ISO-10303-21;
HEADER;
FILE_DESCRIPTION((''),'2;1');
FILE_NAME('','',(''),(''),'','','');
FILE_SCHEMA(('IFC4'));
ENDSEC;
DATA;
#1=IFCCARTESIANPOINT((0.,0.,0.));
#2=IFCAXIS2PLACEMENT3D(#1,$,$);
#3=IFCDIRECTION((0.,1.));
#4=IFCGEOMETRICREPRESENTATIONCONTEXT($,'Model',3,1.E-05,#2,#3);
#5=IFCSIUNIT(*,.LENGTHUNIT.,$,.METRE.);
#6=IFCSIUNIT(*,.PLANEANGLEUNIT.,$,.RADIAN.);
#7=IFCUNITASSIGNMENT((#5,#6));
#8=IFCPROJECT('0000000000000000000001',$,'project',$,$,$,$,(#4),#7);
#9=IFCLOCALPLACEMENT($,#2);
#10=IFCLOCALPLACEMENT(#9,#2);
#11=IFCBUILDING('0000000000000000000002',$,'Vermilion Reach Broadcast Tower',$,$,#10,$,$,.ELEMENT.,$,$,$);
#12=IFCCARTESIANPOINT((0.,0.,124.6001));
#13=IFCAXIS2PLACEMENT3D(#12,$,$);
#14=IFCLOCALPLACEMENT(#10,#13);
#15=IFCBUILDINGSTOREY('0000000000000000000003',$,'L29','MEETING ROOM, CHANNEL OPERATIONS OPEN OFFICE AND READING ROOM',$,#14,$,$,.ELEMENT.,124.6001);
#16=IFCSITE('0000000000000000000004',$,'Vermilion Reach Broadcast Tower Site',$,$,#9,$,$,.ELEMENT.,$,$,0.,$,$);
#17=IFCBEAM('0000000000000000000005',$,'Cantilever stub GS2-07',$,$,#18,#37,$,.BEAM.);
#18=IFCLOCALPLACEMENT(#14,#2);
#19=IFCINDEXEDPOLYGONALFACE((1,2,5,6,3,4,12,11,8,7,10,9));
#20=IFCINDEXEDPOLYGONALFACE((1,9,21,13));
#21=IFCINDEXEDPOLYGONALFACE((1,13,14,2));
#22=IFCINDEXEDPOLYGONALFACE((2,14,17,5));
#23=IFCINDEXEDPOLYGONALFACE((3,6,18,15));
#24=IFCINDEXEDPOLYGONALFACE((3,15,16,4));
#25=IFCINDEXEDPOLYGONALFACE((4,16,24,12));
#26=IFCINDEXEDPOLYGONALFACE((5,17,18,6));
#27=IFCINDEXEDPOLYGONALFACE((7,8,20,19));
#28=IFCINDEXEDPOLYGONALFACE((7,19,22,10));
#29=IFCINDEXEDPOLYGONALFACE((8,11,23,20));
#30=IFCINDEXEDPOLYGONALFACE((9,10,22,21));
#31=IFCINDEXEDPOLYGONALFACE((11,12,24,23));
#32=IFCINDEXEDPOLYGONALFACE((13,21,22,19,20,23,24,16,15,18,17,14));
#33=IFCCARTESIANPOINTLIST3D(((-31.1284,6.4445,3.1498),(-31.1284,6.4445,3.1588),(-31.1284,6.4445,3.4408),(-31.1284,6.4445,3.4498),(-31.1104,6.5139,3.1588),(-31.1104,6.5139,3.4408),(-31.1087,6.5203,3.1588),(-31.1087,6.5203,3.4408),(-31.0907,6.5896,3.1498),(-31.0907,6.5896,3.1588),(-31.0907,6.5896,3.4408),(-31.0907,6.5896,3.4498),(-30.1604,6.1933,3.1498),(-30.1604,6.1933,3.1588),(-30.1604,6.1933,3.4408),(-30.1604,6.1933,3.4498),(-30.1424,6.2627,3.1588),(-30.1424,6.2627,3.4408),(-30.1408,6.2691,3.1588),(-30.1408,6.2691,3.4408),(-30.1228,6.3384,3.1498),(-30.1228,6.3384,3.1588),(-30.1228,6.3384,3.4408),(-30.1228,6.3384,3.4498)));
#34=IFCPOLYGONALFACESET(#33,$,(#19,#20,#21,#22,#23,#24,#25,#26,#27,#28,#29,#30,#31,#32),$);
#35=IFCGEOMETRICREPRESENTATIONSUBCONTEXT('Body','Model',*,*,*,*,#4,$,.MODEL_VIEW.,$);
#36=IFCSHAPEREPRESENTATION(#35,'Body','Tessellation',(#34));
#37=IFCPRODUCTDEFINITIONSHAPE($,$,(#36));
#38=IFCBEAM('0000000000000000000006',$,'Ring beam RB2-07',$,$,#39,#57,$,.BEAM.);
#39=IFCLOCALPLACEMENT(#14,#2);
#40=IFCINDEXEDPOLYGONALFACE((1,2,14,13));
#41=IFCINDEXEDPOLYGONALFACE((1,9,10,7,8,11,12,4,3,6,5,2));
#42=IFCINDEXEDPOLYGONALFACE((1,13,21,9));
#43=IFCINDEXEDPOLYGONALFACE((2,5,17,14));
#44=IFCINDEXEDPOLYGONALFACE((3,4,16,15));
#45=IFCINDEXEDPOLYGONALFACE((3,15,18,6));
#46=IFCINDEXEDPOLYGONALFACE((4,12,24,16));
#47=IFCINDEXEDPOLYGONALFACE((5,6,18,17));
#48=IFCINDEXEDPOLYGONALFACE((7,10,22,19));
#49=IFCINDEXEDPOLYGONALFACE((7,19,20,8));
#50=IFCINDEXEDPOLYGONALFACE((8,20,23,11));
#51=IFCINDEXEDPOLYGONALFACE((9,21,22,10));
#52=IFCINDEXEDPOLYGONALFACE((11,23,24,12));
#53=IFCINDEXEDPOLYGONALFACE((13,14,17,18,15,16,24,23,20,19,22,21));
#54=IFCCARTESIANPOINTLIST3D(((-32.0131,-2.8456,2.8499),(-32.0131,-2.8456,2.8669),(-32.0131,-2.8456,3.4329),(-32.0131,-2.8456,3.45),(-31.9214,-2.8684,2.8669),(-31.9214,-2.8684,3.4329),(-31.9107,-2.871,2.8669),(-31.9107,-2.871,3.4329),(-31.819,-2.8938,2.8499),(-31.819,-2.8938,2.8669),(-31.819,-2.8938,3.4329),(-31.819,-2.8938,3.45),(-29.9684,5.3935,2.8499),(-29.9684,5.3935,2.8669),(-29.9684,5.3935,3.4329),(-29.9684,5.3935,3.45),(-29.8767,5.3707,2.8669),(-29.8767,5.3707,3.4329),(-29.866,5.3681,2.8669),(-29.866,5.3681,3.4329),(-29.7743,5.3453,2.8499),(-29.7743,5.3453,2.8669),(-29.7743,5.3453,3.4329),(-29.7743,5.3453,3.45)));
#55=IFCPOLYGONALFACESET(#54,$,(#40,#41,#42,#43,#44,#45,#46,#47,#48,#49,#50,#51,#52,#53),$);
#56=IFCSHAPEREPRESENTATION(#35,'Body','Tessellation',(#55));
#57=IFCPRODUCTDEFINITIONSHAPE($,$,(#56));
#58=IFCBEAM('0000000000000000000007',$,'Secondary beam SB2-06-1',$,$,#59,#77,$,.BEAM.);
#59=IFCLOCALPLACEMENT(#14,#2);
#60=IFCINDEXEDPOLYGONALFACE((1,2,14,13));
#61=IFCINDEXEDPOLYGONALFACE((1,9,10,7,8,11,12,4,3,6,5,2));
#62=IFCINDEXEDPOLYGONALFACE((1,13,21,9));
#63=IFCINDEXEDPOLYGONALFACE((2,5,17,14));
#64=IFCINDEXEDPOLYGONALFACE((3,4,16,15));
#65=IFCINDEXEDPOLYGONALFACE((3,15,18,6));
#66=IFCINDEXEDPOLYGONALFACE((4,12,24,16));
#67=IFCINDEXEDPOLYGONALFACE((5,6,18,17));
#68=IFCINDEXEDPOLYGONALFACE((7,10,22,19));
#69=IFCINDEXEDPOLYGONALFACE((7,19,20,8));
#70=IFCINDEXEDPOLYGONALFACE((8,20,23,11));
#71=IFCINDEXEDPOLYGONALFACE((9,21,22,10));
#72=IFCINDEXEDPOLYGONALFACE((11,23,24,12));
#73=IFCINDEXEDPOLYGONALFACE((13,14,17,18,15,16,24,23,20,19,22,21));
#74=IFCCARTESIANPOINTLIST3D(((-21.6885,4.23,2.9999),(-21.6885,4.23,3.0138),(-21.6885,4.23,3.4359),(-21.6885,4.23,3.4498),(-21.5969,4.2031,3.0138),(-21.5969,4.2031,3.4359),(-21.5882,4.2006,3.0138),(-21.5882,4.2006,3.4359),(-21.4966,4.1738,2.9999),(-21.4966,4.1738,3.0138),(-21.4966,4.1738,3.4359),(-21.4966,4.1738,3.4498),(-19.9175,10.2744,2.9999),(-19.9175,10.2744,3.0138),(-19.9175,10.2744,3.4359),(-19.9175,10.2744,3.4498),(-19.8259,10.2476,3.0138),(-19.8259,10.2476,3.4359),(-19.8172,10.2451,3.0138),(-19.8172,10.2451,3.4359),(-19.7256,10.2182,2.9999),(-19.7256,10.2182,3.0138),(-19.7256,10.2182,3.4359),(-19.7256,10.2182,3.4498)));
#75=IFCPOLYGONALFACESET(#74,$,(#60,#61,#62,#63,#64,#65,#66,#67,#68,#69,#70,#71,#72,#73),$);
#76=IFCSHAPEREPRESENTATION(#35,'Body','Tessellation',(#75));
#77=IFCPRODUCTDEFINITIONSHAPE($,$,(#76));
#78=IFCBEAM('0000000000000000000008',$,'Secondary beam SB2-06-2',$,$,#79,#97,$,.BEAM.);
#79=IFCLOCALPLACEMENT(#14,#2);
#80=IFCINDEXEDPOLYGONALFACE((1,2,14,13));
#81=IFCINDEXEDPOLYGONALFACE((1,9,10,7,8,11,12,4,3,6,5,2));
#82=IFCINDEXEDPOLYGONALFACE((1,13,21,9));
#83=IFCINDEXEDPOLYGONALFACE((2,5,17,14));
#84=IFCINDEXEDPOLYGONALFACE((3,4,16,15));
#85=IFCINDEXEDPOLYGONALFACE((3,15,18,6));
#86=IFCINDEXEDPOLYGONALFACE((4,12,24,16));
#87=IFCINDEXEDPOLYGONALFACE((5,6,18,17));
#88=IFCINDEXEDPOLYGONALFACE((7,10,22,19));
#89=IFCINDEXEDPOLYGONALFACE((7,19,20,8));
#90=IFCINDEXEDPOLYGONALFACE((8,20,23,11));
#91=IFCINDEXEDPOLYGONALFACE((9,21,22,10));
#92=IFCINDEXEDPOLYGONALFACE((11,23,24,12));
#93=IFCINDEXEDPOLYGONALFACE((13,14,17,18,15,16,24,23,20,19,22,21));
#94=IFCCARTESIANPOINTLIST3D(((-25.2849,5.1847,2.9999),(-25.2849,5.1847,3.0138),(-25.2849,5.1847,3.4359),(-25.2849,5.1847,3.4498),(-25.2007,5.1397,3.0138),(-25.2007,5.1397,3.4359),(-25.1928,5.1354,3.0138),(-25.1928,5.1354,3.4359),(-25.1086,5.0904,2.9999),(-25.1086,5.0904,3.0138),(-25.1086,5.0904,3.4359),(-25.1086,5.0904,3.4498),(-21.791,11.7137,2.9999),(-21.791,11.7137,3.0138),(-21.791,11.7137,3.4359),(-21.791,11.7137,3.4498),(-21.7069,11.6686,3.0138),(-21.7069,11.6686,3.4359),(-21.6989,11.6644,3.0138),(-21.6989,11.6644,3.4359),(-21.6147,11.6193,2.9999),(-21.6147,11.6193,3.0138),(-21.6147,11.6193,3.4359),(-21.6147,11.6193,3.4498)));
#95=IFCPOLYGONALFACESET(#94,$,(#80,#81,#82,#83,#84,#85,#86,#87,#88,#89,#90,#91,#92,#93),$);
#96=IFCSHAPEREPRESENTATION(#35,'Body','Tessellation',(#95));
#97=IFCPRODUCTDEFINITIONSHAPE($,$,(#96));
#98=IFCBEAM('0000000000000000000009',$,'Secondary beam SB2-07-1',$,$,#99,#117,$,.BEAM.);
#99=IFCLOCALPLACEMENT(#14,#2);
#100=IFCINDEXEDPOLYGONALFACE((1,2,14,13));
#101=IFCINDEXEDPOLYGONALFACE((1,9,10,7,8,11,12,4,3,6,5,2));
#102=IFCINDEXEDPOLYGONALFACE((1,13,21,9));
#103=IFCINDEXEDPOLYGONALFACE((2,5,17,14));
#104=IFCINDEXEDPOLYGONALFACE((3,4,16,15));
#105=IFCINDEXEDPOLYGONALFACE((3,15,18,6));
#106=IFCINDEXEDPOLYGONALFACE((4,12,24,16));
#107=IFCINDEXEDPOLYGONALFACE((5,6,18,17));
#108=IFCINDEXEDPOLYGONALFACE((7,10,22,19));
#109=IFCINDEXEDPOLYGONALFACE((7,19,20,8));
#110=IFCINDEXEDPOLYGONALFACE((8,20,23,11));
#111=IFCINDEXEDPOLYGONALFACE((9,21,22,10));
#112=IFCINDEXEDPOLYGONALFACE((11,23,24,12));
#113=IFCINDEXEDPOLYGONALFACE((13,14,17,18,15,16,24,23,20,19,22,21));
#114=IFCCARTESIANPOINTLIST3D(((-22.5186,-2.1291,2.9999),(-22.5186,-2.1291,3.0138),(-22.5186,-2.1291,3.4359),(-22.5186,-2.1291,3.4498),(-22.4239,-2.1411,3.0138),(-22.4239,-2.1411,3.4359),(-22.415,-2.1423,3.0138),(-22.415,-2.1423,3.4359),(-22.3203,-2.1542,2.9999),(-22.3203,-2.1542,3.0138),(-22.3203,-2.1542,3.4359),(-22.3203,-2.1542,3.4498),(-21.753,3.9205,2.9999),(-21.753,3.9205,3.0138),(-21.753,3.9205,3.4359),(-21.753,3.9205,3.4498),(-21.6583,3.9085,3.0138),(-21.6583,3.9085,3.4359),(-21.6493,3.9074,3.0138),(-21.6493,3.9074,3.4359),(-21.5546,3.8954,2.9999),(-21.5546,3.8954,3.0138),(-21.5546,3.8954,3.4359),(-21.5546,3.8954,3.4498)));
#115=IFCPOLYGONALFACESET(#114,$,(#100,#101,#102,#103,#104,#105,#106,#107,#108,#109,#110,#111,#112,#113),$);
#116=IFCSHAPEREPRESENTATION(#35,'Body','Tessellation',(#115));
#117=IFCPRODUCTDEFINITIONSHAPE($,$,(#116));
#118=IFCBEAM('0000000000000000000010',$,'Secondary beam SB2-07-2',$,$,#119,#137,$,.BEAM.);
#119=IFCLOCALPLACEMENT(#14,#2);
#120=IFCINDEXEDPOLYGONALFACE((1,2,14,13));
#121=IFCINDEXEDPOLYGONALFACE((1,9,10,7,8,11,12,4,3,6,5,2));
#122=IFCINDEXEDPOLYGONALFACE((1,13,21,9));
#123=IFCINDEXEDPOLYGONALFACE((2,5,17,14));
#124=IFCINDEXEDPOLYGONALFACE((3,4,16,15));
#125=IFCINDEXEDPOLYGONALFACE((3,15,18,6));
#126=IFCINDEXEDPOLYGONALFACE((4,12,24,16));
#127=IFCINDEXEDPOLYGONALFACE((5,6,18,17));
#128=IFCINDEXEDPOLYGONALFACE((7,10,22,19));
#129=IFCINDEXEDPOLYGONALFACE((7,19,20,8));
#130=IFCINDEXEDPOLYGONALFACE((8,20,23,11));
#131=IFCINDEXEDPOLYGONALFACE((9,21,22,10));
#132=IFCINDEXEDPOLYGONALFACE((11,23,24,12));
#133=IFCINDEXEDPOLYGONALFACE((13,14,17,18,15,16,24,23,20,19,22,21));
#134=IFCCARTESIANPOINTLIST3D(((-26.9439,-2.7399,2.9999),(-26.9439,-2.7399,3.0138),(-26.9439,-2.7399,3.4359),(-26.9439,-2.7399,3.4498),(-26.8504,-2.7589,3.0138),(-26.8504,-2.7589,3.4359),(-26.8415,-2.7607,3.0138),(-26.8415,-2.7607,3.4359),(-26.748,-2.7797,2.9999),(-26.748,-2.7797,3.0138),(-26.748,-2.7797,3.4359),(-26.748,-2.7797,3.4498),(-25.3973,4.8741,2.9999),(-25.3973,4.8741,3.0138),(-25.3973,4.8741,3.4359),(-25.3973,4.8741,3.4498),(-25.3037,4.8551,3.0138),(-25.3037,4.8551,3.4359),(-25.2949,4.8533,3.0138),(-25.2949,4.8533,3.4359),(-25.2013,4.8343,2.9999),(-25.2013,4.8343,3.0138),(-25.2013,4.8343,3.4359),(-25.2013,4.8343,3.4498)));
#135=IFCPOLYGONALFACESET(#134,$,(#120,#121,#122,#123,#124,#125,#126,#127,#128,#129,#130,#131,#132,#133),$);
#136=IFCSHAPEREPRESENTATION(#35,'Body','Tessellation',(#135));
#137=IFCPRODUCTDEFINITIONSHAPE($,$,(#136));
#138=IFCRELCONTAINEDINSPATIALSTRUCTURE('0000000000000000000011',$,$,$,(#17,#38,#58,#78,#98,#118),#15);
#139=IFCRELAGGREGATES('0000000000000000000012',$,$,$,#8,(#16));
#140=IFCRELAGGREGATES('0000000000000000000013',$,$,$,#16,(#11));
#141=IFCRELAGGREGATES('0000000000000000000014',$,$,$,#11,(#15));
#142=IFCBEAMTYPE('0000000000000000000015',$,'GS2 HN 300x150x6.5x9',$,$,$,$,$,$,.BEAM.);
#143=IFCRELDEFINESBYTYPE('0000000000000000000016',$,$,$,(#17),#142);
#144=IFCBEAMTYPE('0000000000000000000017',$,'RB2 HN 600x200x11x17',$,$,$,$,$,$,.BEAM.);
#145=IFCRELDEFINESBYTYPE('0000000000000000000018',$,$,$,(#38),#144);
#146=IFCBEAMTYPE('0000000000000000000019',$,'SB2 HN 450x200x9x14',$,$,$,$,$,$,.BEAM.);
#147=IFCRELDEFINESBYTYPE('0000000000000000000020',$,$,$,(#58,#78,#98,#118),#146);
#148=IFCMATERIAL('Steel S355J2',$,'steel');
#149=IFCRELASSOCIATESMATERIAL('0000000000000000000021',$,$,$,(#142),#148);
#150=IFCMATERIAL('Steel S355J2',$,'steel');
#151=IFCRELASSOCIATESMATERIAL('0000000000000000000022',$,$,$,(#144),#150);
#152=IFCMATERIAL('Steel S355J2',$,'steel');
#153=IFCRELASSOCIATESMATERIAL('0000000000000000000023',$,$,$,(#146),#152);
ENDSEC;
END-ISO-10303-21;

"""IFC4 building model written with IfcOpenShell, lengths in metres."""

from ifc_helpers import new_model, si_unit, direction, frame, origin, origin_2d, place, context, subcontext, project, spatial, i_section, extrude, material, material_profile, profile_set, type_object, element, save


model = new_model("IFC4")

# Units and contexts
model_context = context("Model", 3, precision=1e-05, world=origin(), true_north=direction((0.0, 1.0)))
body_context = subcontext(model_context, "Body", "Model", "MODEL_VIEW")
ifc_project = project(units=[si_unit("LENGTHUNIT", "METRE"), si_unit("PLANEANGLEUNIT", "RADIAN")], contexts=[model_context])

# Site, building, storey
site_placement = place(None, origin())
site = spatial("IfcSite", under=ifc_project, at=site_placement, Name="Vermilion Reach Broadcast Tower Site", CompositionType="ELEMENT", RefElevation=0.0)
building_placement = place(site_placement, origin())
building = spatial("IfcBuilding", under=site, at=building_placement, Name="Vermilion Reach Broadcast Tower", CompositionType="ELEMENT")
storey_placement = place(building_placement, frame((0.0, 0.0, 124.6001)))
storey = spatial("IfcBuildingStorey", under=building, at=storey_placement, Name="L29", Description="MEETING ROOM, CHANNEL OPERATIONS OPEN OFFICE AND READING ROOM", CompositionType="ELEMENT", Elevation=124.6001)

# Beams
ifc_material_1 = material(Name="Steel S355J2", Category="steel")
ifc_material_profile_1 = material_profile(ifc_material_1, i_section(OverallWidth=0.1499, OverallDepth=0.3, WebThickness=0.0066, FlangeThickness=0.009, at=origin_2d()), Name="S355J2 HN 300x150x6.5x9")
ifc_profile_set_1 = profile_set([ifc_material_profile_1], Name="Steel S355J2")
beam_type_1 = type_object("IfcBeamType", Name="GS2 HN 300x150x6.5x9", PredefinedType="BEAM", material=ifc_profile_set_1)
beam_1_placement = place(storey_placement, frame((-30.1416, 6.2659, 3.2998), z_axis=(-0.967935, 0.251199, 0.0), x_axis=(-0.251199, -0.967935, 0.0)))
element("IfcBeam", 1, at=beam_1_placement, inside=storey, type_object=beam_type_1, Name="Cantilever stub GS2-07", PredefinedType="BEAM", context=body_context, shape_type="SweptSolid", body=[
    extrude(i_section(OverallWidth=0.1499, OverallDepth=0.3, WebThickness=0.0066, FlangeThickness=0.009, at=origin_2d()), origin(), (0.0, 0.0, 1.0), 1.0),
])
ifc_material_2 = material(Name="Steel S355J2", Category="steel")
ifc_material_profile_2 = material_profile(ifc_material_2, i_section(OverallWidth=0.2, OverallDepth=0.6001, WebThickness=0.011, FlangeThickness=0.0171, at=origin_2d()), Name="S355J2 HN 600x200x11x17")
ifc_profile_set_2 = profile_set([ifc_material_profile_2], Name="Steel S355J2")
beam_type_2 = type_object("IfcBeamType", Name="RB2 HN 600x200x11x17", PredefinedType="BEAM", material=ifc_profile_set_2)
beam_2_placement = place(storey_placement, frame((-29.8713, 5.3694, 3.1499), z_axis=(-0.240864, -0.970559, 0.0), x_axis=(0.970559, -0.240864, 0.0)))
element("IfcBeam", 2, at=beam_2_placement, inside=storey, type_object=beam_type_2, Name="Ring beam RB2-07", PredefinedType="BEAM", context=body_context, shape_type="SweptSolid", body=[
    extrude(i_section(OverallWidth=0.2, OverallDepth=0.6001, WebThickness=0.011, FlangeThickness=0.0171, at=origin_2d()), origin(), (0.0, 0.0, 1.0), 8.489),
])
ifc_material_3 = material(Name="Steel S355J2", Category="steel")
ifc_material_profile_3 = material_profile(ifc_material_3, i_section(OverallWidth=0.2, OverallDepth=0.45, WebThickness=0.009, FlangeThickness=0.0139, at=origin_2d()), Name="S355J2 HN 450x200x9x14")
ifc_profile_set_3 = profile_set([ifc_material_profile_3], Name="Steel S355J2")
beam_type_3 = type_object("IfcBeamType", Name="SB2 HN 450x200x9x14", PredefinedType="BEAM", material=ifc_profile_set_3)
beam_3_placement = place(storey_placement, frame((-19.8215, 10.2463, 3.2249), z_axis=(-0.281176, -0.959656, 0.0), x_axis=(0.959656, -0.281176, 0.0)))
element("IfcBeam", 3, at=beam_3_placement, inside=storey, type_object=beam_type_3, Name="Secondary beam SB2-06-1", PredefinedType="BEAM", context=body_context, shape_type="SweptSolid", body=[
    extrude(i_section(OverallWidth=0.2, OverallDepth=0.45, WebThickness=0.009, FlangeThickness=0.0139, at=origin_2d()), origin(), (0.0, 0.0, 1.0), 6.2986),
])
beam_4_placement = place(storey_placement, frame((-21.7029, 11.6665, 3.2249), z_axis=(-0.471822, -0.881694, 0.0), x_axis=(0.881694, -0.471822, 0.0)))
element("IfcBeam", 4, at=beam_4_placement, inside=storey, type_object=beam_type_3, Name="Secondary beam SB2-06-2", PredefinedType="BEAM", context=body_context, shape_type="SweptSolid", body=[
    extrude(i_section(OverallWidth=0.2, OverallDepth=0.45, WebThickness=0.009, FlangeThickness=0.0139, at=origin_2d()), origin(), (0.0, 0.0, 1.0), 7.405),
])
beam_5_placement = place(storey_placement, frame((-21.6538, 3.908, 3.2249), z_axis=(-0.125557, -0.992086, 0.0), x_axis=(0.992086, -0.125557, 0.0)))
element("IfcBeam", 5, at=beam_5_placement, inside=storey, type_object=beam_type_3, Name="Secondary beam SB2-07-1", PredefinedType="BEAM", context=body_context, shape_type="SweptSolid", body=[
    extrude(i_section(OverallWidth=0.2, OverallDepth=0.45, WebThickness=0.009, FlangeThickness=0.0139, at=origin_2d()), origin(), (0.0, 0.0, 1.0), 6.0979),
])
beam_6_placement = place(storey_placement, frame((-25.2993, 4.8542, 3.2249), z_axis=(-0.199064, -0.979986, 0.0), x_axis=(0.979986, -0.199064, 0.0)))
element("IfcBeam", 6, at=beam_6_placement, inside=storey, type_object=beam_type_3, Name="Secondary beam SB2-07-2", PredefinedType="BEAM", context=body_context, shape_type="SweptSolid", body=[
    extrude(i_section(OverallWidth=0.2, OverallDepth=0.45, WebThickness=0.009, FlangeThickness=0.0139, at=origin_2d()), origin(), (0.0, 0.0, 1.0), 7.7695),
])

save(model, "model.ifc")
